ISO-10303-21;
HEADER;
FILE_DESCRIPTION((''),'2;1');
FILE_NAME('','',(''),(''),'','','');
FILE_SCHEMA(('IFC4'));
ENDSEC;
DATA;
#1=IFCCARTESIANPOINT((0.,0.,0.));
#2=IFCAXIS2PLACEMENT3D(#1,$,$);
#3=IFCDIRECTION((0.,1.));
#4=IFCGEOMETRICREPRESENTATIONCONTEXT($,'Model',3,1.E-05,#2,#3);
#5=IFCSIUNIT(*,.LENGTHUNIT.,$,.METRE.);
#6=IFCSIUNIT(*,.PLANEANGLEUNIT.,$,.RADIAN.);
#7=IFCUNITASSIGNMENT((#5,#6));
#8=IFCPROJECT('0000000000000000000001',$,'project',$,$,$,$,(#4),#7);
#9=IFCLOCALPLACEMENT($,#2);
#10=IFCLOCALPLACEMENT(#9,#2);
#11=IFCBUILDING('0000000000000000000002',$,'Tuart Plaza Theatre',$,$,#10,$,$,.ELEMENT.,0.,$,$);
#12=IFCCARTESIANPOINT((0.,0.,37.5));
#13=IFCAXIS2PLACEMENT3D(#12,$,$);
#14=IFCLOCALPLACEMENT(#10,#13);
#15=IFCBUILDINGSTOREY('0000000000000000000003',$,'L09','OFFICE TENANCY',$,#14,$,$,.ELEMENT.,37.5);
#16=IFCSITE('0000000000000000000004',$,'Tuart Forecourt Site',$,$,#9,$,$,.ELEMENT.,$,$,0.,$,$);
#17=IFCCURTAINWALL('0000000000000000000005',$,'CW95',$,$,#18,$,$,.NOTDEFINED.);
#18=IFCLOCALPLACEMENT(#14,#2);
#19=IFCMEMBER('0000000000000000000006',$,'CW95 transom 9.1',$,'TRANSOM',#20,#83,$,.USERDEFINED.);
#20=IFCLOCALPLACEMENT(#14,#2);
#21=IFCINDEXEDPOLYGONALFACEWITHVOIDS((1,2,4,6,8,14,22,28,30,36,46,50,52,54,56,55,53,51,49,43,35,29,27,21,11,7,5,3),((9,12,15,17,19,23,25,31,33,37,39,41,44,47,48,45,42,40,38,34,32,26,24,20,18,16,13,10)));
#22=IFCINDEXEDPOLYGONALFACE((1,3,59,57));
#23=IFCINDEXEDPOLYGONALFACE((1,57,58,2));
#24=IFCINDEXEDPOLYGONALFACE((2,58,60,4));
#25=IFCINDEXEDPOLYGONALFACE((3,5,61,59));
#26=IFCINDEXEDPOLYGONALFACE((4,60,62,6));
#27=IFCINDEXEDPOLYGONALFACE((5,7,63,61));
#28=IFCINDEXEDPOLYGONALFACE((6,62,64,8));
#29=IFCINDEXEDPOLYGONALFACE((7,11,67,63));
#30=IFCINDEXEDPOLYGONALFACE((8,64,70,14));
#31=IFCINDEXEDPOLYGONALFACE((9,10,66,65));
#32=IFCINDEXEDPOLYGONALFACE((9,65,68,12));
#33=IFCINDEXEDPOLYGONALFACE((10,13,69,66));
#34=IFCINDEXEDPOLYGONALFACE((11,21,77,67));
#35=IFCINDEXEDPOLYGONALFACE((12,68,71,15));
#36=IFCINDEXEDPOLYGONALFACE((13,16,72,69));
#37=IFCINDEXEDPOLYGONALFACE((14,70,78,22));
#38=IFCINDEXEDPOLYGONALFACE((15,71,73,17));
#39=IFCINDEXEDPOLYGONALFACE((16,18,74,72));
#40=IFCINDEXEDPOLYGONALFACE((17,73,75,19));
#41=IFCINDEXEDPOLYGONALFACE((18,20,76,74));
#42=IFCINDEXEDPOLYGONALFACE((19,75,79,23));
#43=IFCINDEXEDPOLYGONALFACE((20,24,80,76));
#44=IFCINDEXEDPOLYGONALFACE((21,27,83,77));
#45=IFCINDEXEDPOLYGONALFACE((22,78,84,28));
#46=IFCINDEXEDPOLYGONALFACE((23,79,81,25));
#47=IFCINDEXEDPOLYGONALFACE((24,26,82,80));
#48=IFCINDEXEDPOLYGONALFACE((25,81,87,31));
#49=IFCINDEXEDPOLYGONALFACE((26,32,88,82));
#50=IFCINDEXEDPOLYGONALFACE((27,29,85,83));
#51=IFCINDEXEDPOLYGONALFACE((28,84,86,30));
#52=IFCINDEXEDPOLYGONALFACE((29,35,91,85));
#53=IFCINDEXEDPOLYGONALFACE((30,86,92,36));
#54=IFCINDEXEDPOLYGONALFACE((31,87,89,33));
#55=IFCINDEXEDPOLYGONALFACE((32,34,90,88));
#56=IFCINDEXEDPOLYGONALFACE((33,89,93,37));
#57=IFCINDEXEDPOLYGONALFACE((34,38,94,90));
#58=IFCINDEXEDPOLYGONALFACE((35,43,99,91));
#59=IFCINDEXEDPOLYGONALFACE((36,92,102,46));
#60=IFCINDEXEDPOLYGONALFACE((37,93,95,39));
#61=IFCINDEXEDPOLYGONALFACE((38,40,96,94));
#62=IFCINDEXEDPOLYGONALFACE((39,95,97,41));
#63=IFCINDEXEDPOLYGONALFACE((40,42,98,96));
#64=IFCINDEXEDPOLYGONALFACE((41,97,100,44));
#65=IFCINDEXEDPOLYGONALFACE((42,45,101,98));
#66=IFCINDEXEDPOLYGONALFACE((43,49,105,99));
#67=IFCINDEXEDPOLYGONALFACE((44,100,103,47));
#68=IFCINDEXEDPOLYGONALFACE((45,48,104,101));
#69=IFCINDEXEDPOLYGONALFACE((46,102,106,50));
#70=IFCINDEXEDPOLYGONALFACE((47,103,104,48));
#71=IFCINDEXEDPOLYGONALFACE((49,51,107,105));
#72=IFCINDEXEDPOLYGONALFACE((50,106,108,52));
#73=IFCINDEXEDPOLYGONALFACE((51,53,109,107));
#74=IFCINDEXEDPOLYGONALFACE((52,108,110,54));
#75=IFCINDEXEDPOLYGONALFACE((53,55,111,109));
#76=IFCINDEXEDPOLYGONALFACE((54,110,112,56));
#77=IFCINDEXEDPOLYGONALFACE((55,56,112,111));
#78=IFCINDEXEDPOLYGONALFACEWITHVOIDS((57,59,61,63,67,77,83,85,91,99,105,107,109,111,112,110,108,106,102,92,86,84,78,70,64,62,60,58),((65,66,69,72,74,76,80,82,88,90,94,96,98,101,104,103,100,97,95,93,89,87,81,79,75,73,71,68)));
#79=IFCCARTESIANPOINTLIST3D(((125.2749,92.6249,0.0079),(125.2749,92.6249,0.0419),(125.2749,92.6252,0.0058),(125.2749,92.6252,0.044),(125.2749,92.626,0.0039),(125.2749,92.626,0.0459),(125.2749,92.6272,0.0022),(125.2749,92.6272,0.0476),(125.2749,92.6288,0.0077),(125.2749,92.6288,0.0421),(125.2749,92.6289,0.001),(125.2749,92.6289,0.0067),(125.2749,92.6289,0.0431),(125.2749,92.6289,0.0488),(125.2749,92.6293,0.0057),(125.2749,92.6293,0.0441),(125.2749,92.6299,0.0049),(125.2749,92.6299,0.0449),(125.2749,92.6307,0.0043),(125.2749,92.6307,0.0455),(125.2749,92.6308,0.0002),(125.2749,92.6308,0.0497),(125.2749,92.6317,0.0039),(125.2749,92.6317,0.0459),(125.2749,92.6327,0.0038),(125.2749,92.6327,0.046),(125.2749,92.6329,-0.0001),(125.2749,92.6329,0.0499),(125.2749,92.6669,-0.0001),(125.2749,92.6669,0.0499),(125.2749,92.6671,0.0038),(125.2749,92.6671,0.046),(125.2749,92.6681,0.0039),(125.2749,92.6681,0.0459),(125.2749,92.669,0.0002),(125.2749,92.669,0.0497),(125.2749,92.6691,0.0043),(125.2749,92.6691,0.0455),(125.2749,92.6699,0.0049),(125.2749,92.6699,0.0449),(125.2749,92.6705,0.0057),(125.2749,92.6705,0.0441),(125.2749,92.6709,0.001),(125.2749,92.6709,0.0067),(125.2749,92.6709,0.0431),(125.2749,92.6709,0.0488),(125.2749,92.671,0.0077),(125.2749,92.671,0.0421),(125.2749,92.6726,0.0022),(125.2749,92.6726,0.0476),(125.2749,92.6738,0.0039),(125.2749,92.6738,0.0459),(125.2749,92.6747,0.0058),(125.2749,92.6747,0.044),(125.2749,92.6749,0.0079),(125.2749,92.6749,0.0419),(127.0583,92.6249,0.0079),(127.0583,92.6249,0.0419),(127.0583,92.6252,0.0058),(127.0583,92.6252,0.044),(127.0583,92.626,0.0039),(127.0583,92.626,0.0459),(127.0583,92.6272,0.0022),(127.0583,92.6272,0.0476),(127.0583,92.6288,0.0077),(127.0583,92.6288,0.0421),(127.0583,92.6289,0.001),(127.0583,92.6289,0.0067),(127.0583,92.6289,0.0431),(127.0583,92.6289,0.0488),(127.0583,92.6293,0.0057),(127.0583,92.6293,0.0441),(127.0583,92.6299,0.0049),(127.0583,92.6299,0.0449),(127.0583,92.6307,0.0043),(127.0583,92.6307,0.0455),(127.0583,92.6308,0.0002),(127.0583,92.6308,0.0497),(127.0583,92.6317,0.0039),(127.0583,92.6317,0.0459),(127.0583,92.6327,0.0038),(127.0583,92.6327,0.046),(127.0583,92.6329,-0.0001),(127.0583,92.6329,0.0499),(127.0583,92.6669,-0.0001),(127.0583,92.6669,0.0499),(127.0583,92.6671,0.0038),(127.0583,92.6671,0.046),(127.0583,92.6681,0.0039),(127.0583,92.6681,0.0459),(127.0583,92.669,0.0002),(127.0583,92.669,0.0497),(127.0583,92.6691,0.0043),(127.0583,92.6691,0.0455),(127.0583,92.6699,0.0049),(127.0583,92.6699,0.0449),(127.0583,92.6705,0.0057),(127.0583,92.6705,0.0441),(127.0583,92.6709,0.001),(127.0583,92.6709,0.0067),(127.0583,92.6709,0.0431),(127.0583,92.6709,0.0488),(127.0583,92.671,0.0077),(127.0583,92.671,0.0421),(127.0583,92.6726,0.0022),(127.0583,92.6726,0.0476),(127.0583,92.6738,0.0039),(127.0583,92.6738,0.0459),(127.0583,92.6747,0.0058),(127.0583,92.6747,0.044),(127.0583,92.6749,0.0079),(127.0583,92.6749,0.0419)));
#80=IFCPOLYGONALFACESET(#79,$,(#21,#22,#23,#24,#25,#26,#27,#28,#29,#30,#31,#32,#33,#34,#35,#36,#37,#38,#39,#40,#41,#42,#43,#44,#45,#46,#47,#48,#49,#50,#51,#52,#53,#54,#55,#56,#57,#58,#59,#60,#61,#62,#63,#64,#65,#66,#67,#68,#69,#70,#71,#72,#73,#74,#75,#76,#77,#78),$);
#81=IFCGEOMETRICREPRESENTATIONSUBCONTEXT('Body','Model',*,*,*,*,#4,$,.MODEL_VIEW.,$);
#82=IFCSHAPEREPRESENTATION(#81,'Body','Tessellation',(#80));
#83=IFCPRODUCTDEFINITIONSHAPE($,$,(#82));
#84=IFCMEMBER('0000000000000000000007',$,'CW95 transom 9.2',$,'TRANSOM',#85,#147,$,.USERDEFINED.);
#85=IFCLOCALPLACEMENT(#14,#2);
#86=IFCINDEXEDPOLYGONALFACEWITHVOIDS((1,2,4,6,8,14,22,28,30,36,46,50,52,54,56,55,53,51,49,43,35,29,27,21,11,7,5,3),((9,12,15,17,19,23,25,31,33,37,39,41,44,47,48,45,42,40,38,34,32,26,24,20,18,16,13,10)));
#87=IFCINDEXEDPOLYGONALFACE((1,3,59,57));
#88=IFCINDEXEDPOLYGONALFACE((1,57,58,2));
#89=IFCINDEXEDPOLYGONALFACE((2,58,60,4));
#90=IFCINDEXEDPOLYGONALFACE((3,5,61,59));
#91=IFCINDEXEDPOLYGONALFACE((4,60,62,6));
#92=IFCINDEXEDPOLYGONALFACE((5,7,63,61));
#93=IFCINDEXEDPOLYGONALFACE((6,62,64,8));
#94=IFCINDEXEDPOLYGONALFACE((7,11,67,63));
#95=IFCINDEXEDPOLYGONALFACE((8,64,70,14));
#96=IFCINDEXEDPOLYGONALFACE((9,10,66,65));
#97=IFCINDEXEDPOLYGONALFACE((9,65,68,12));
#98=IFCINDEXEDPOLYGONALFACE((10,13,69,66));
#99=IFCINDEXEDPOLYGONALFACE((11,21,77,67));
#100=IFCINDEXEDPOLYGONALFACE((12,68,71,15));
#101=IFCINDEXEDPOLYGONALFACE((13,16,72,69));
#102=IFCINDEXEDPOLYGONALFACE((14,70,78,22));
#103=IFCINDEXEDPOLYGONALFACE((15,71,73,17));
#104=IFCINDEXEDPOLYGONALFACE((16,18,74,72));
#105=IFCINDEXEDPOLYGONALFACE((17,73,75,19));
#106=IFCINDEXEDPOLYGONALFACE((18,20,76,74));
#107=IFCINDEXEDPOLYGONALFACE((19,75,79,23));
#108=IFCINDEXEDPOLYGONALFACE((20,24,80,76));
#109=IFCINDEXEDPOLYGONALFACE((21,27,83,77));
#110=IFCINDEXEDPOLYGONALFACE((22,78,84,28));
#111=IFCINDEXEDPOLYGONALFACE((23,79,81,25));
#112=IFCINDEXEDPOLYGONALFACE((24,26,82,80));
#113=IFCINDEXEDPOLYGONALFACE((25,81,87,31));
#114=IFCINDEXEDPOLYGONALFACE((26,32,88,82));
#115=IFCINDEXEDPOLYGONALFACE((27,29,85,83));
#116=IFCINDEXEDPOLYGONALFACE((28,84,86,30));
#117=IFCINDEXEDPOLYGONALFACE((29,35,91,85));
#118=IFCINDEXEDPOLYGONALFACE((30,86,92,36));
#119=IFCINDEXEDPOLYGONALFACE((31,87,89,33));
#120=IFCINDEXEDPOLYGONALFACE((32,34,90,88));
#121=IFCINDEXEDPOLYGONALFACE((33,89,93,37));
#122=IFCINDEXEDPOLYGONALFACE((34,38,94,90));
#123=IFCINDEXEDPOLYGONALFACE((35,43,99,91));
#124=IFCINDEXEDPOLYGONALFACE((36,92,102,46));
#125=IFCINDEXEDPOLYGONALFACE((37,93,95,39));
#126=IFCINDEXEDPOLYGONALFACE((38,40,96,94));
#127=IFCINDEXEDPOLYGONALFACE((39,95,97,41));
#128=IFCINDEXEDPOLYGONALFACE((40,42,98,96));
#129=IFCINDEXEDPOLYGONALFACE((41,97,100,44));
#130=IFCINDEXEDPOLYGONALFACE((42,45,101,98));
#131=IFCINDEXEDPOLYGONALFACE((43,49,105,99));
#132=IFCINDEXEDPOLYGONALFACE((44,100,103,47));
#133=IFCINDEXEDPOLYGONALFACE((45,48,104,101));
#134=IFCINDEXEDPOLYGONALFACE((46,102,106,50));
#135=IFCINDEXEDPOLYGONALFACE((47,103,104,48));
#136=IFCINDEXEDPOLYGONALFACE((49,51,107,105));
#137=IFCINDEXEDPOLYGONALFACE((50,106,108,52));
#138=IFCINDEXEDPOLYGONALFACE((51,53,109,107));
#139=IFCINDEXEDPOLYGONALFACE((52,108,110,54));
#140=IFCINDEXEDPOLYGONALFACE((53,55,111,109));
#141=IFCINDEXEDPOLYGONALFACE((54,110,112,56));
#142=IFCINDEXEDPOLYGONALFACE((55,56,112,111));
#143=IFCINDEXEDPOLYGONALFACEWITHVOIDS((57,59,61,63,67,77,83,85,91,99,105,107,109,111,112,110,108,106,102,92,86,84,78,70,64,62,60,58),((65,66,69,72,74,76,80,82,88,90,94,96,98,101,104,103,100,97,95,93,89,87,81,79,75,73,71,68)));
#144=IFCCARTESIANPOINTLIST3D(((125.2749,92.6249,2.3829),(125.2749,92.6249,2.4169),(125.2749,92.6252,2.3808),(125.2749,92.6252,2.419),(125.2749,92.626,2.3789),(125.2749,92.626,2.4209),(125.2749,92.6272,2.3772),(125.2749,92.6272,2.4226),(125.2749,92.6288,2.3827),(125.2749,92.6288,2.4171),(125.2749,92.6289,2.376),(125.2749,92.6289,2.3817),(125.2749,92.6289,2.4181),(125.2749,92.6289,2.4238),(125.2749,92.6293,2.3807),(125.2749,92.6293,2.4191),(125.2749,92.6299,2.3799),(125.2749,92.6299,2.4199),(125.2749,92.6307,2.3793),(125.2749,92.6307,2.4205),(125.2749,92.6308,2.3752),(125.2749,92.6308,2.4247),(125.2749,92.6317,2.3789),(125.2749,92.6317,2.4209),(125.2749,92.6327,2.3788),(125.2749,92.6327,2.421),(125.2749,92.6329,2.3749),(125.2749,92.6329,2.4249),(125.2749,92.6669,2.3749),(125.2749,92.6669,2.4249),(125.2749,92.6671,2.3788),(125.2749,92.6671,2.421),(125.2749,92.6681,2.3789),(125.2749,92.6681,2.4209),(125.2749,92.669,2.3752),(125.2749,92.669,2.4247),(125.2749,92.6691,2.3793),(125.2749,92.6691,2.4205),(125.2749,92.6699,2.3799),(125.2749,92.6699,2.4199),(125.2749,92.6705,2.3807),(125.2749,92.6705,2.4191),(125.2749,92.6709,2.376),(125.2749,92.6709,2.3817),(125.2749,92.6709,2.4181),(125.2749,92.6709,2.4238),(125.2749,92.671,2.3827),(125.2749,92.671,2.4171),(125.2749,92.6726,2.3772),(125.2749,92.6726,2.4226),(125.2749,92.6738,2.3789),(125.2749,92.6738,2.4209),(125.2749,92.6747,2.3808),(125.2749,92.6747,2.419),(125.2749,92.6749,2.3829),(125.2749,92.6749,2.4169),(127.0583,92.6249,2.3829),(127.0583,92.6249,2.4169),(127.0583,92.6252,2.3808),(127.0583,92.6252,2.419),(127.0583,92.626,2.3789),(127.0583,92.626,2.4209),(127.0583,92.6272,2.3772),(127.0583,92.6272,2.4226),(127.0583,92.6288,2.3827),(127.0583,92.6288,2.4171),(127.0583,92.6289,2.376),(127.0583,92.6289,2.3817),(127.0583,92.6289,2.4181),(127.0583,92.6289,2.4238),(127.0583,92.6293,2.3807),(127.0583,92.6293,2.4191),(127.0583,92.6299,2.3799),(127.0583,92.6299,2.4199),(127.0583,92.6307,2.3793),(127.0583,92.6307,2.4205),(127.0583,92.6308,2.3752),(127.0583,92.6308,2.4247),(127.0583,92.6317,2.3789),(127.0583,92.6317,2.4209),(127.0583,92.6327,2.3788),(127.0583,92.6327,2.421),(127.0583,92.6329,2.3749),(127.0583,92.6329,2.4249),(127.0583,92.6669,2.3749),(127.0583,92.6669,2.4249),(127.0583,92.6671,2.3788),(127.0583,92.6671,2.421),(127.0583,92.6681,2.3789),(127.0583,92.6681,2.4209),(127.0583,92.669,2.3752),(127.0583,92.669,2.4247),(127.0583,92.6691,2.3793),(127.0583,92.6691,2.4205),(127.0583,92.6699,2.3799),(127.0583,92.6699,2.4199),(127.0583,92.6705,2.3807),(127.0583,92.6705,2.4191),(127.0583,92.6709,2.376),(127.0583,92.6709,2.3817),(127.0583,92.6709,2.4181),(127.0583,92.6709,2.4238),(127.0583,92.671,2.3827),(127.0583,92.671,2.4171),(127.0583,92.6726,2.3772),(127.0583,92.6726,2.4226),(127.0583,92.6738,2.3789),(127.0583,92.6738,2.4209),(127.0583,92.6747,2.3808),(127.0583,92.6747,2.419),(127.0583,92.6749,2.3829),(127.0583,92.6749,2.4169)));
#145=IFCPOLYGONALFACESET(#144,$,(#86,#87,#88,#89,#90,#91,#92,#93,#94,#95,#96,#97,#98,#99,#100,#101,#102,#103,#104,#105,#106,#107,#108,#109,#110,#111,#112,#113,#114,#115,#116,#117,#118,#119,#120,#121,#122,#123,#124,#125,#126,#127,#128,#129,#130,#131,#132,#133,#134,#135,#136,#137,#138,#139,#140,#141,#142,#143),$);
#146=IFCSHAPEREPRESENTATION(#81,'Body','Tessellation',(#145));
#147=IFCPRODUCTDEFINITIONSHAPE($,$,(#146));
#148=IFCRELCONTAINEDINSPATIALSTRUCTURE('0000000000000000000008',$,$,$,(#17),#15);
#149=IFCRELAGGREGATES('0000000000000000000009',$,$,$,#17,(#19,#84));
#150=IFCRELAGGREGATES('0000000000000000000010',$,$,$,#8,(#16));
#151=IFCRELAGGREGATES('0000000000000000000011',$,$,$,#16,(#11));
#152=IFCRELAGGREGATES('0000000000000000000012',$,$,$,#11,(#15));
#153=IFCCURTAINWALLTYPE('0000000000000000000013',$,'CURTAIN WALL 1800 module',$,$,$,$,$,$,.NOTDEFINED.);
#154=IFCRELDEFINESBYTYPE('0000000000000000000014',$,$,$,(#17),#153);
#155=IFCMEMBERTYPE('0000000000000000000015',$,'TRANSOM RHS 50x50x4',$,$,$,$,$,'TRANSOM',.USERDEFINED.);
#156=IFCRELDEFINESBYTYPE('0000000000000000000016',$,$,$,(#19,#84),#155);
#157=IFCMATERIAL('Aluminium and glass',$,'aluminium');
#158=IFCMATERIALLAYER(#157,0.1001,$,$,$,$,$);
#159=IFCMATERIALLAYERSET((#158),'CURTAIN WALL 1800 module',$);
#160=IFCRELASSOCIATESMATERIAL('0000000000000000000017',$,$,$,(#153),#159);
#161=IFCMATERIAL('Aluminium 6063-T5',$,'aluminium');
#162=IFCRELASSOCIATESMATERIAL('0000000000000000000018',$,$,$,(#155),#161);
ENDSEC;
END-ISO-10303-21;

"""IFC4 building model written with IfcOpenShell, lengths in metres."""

from ifc_helpers import new_model, si_unit, direction, frame, origin, origin_2d, place, context, subcontext, project, spatial, hollow_rectangle, extrude, material, layer, layer_set, material_profile, profile_set, type_object, element, aggregate, save


model = new_model("IFC4")

# Units and contexts
model_context = context("Model", 3, precision=1e-05, world=origin(), true_north=direction((0.0, 1.0)))
body_context = subcontext(model_context, "Body", "Model", "MODEL_VIEW")
ifc_project = project(units=[si_unit("LENGTHUNIT", "METRE"), si_unit("PLANEANGLEUNIT", "RADIAN")], contexts=[model_context])

# Site, building, storey
site_placement = place(None, origin())
site = spatial("IfcSite", under=ifc_project, at=site_placement, Name="Tuart Forecourt Site", CompositionType="ELEMENT", RefElevation=0.0)
building_placement = place(site_placement, origin())
building = spatial("IfcBuilding", under=site, at=building_placement, Name="Tuart Plaza Theatre", CompositionType="ELEMENT", ElevationOfRefHeight=0.0)
storey_placement = place(building_placement, frame((0.0, 0.0, 37.5)))
storey = spatial("IfcBuildingStorey", under=building, at=storey_placement, Name="L09", Description="OFFICE TENANCY", CompositionType="ELEMENT", Elevation=37.5)

# Curtain wall, members
ifc_material_1 = material(Name="Aluminium and glass", Category="aluminium")
ifc_layer_1 = layer(ifc_material_1, 0.1001)
ifc_layer_set_1 = layer_set([ifc_layer_1], Name="CURTAIN WALL 1800 module")
curtain_wall_type = type_object("IfcCurtainWallType", Name="CURTAIN WALL 1800 module", PredefinedType="NOTDEFINED", material=ifc_layer_set_1)
curtain_wall_placement = place(storey_placement, origin())
curtain_wall = element("IfcCurtainWall", 1, at=curtain_wall_placement, inside=storey, type_object=curtain_wall_type, Name="CW95", PredefinedType="NOTDEFINED")
ifc_material_2 = material(Name="Aluminium 6063-T5", Category="aluminium")
ifc_material_profile_1 = material_profile(ifc_material_2, hollow_rectangle(XDim=0.05, YDim=0.05, WallThickness=0.0039, InnerFilletRadius=0.0039, OuterFilletRadius=0.0081, at=origin_2d()), Name="RHS 50x50x4")
ifc_profile_set_1 = profile_set([ifc_material_profile_1], Name="Aluminium 6063-T5")
member_type_1 = type_object("IfcMemberType", Name="TRANSOM RHS 50x50x4", ElementType="TRANSOM", PredefinedType="USERDEFINED", material=ifc_profile_set_1)
member_1_placement = place(storey_placement, frame((127.0583, 92.6499, 0.0249), z_axis=(-1.0, 0.0, 0.0), x_axis=(0.0, -1.0, 0.0)))
member_1 = element("IfcMember", 2, at=member_1_placement, type_object=member_type_1, Name="CW95 transom 9.1", ObjectType="TRANSOM", PredefinedType="USERDEFINED", context=body_context, shape_type="SweptSolid", body=[
    extrude(hollow_rectangle(XDim=0.05, YDim=0.05, WallThickness=0.0039, InnerFilletRadius=0.0039, OuterFilletRadius=0.0081, at=origin_2d()), origin(), (0.0, 0.0, 1.0), 1.7834),
])
member_2_placement = place(storey_placement, frame((127.0583, 92.6499, 2.3999), z_axis=(-1.0, 0.0, 0.0), x_axis=(0.0, -1.0, 0.0)))
member_2 = element("IfcMember", 3, at=member_2_placement, type_object=member_type_1, Name="CW95 transom 9.2", ObjectType="TRANSOM", PredefinedType="USERDEFINED", context=body_context, shape_type="SweptSolid", body=[
    extrude(hollow_rectangle(XDim=0.05, YDim=0.05, WallThickness=0.0039, InnerFilletRadius=0.0039, OuterFilletRadius=0.0081, at=origin_2d()), origin(), (0.0, 0.0, 1.0), 1.7834),
])
aggregate(curtain_wall, [member_1, member_2])

save(model, "model.ifc")
